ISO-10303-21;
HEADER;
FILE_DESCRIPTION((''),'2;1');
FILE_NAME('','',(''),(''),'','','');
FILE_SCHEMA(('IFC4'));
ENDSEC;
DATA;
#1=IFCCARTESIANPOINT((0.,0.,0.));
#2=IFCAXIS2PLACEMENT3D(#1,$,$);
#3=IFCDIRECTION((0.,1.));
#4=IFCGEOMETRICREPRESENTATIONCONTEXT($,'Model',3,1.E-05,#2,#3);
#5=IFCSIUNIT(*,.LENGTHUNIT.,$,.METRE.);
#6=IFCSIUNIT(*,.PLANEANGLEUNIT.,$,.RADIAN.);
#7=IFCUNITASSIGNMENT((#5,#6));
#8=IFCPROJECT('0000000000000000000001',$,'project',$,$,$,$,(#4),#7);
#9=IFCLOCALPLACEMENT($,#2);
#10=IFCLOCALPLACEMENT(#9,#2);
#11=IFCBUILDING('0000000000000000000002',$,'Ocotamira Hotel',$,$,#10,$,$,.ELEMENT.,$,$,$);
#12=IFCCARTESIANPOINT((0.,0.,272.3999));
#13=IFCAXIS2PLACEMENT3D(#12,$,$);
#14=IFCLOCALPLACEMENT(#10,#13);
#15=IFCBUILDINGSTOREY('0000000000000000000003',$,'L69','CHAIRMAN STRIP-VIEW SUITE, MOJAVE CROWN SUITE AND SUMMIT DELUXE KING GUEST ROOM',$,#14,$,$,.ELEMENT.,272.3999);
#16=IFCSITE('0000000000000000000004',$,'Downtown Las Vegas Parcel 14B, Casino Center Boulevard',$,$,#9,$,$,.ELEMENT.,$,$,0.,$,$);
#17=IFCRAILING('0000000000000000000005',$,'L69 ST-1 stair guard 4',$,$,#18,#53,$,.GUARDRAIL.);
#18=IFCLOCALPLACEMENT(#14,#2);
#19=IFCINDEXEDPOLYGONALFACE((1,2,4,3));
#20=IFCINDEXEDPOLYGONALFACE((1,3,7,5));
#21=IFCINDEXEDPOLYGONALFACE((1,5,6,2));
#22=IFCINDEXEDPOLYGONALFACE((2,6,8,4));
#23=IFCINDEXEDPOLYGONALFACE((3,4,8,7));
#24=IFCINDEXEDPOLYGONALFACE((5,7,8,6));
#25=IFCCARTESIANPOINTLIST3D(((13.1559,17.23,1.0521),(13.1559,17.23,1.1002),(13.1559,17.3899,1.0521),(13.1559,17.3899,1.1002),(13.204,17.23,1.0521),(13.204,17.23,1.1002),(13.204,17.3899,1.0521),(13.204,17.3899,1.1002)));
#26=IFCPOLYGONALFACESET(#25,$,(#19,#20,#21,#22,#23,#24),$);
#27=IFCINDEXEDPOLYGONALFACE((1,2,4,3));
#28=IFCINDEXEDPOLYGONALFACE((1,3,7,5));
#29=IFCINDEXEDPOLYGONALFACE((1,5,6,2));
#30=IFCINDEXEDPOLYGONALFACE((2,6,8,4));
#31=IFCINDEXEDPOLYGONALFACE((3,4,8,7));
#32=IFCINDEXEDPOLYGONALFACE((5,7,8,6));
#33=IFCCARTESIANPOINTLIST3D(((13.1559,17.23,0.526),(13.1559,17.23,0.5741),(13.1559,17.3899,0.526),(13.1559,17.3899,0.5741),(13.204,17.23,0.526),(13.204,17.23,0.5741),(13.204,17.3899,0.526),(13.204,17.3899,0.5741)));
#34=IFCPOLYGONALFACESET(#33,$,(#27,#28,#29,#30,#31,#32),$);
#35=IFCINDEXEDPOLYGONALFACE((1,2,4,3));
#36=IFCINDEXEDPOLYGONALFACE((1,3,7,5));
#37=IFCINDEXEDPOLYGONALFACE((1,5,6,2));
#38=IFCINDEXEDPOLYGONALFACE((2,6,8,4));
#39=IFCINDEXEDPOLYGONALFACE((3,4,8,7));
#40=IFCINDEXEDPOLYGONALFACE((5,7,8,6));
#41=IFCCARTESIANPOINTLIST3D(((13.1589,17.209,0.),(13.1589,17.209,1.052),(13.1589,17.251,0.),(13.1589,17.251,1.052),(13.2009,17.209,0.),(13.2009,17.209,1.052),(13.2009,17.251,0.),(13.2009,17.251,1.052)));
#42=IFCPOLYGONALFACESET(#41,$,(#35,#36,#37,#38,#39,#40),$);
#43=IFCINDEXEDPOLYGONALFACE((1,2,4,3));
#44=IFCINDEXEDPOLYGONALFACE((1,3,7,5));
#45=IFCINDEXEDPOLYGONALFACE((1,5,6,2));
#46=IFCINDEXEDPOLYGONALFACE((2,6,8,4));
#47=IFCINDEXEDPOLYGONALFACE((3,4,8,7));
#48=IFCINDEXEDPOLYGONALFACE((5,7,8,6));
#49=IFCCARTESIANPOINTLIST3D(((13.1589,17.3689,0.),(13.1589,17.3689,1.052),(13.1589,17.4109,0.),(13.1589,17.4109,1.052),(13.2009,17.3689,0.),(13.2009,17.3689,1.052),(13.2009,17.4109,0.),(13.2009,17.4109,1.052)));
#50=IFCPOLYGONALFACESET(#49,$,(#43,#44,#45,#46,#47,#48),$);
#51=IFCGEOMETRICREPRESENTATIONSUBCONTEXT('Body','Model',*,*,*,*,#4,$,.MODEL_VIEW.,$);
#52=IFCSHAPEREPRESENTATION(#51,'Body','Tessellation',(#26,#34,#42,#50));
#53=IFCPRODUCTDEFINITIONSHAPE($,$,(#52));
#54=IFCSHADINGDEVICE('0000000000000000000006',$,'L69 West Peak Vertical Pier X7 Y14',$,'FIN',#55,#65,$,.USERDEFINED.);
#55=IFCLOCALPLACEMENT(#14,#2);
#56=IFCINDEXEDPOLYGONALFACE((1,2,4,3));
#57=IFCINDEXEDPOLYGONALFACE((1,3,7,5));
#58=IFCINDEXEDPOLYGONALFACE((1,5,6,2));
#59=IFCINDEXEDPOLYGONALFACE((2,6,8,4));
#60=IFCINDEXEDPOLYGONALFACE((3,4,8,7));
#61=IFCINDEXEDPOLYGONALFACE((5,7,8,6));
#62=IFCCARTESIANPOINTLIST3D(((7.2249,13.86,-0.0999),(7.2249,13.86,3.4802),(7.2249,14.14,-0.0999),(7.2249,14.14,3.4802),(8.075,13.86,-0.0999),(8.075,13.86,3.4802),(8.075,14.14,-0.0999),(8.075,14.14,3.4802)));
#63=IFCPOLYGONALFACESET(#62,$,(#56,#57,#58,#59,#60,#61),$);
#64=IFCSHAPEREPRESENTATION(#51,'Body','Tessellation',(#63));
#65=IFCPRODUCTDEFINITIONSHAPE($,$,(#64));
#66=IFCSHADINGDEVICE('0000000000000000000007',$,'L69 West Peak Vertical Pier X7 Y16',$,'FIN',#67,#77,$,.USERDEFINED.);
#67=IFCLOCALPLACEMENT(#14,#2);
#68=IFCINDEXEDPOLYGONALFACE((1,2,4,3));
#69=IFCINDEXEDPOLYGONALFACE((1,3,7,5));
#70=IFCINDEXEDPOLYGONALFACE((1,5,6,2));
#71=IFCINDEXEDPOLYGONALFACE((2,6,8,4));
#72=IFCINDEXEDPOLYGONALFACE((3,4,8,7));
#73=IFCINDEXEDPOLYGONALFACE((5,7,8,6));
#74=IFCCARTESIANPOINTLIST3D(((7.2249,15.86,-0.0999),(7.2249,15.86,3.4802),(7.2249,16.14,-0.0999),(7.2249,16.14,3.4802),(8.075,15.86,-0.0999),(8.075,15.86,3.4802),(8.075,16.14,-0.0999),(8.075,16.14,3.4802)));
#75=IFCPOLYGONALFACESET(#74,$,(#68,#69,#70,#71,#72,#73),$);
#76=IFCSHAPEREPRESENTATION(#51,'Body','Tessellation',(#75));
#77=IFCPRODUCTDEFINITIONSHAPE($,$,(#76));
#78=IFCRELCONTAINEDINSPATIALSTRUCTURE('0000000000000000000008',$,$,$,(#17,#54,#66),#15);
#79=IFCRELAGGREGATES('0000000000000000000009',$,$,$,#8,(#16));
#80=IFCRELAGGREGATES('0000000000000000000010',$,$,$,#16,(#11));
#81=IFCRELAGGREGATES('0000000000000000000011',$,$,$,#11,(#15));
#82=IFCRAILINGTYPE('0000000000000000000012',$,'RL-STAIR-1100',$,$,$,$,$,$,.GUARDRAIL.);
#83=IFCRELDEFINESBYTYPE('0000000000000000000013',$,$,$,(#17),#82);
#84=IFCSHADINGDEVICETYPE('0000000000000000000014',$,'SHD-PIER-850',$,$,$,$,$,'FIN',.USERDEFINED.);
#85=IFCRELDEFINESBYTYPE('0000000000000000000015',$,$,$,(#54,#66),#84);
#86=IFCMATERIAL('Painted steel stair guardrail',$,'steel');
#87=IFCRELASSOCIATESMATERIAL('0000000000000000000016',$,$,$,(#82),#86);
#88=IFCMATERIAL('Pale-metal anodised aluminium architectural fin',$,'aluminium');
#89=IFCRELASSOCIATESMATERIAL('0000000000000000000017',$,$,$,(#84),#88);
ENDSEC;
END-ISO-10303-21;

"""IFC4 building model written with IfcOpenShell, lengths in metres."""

from ifc_helpers import new_model, si_unit, direction, frame, origin, origin_2d, place, context, subcontext, project, spatial, rectangle, extrude, source, transform, mapped, material, type_object, element, save


model = new_model("IFC4")

# Units and contexts
model_context = context("Model", 3, precision=1e-05, world=origin(), true_north=direction((0.0, 1.0)))
body_context = subcontext(model_context, "Body", "Model", "MODEL_VIEW")
ifc_project = project(units=[si_unit("LENGTHUNIT", "METRE"), si_unit("PLANEANGLEUNIT", "RADIAN")], contexts=[model_context])

# Site, building, storey
site_placement = place(None, origin())
site = spatial("IfcSite", under=ifc_project, at=site_placement, Name="Downtown Las Vegas Parcel 14B, Casino Center Boulevard", CompositionType="ELEMENT", RefElevation=0.0)
building_placement = place(site_placement, origin())
building = spatial("IfcBuilding", under=site, at=building_placement, Name="Ocotamira Hotel", CompositionType="ELEMENT")
storey_placement = place(building_placement, frame((0.0, 0.0, 272.3999)))
storey = spatial("IfcBuildingStorey", under=building, at=storey_placement, Name="L69", Description="CHAIRMAN STRIP-VIEW SUITE, MOJAVE CROWN SUITE AND SUMMIT DELUXE KING GUEST ROOM", CompositionType="ELEMENT", Elevation=272.3999)

# Railing
ifc_material_1 = material(Name="Painted steel stair guardrail", Category="steel")
railing_type_1 = type_object("IfcRailingType", Name="RL-STAIR-1100", PredefinedType="GUARDRAIL", material=ifc_material_1)
for number, where, name in (
    (1, (13.1799, 17.23, 0.0), "L69 ST-1 stair guard 4"),
):
    element("IfcRailing", number, at=place(storey_placement, frame(where)), inside=storey, type_object=railing_type_1, Name=name, PredefinedType="GUARDRAIL", context=body_context, shape_type="SweptSolid", body=[
        extrude(rectangle(XDim=0.0481, YDim=0.0481, at=origin_2d()), frame((0.0, 0.0, 1.0762), z_axis=(0.0, 1.0, 0.0), x_axis=(-1.0, 0.0, 0.0)), (0.0, 0.0, 1.0), 0.1599),
        extrude(rectangle(XDim=0.0481, YDim=0.0481, at=origin_2d()), frame((0.0, 0.0, 0.55), z_axis=(0.0, 1.0, 0.0), x_axis=(-1.0, 0.0, 0.0)), (0.0, 0.0, 1.0), 0.1599),
        extrude(rectangle(XDim=0.042, YDim=0.042, at=origin_2d()), origin(), (0.0, 0.0, 1.0), 1.052),
        extrude(rectangle(XDim=0.042, YDim=0.042, at=origin_2d()), frame((0.0, 0.1599, 0.0)), (0.0, 0.0, 1.0), 1.052),
    ])

# Shading devices
ifc_material_2 = material(Name="Pale-metal anodised aluminium architectural fin", Category="aluminium")
shading_device_type = type_object("IfcShadingDeviceType", Name="SHD-PIER-850", ElementType="FIN", PredefinedType="USERDEFINED", material=ifc_material_2)
shared_shape_1 = source(origin(), body_context, "Body", "SweptSolid", [
    extrude(rectangle(XDim=0.8501, YDim=0.28, at=origin_2d()), origin(), (0.0, 0.0, 1.0), 3.5801),
])
for number, where, z_axis, x_axis, name in (
    (2, (7.6499, 14.0, -0.0999), (0.0, 0.0, 1.0), (1.0, 0.0, 0.0), "L69 West Peak Vertical Pier X7 Y14"),
    (3, (7.6499, 16.0, -0.0999), (0.0, 0.0, 1.0), (1.0, 0.0, 0.0), "L69 West Peak Vertical Pier X7 Y16"),
):
    element("IfcShadingDevice", number, at=place(storey_placement, frame(where, z_axis=z_axis, x_axis=x_axis)), inside=storey, type_object=shading_device_type, Name=name, ObjectType="FIN", PredefinedType="USERDEFINED", context=body_context, shape_type="MappedRepresentation", body=[
        mapped(shared_shape_1, transform((0.0, 0.0, 0.0), scale=1.0)),
    ])

save(model, "model.ifc")
